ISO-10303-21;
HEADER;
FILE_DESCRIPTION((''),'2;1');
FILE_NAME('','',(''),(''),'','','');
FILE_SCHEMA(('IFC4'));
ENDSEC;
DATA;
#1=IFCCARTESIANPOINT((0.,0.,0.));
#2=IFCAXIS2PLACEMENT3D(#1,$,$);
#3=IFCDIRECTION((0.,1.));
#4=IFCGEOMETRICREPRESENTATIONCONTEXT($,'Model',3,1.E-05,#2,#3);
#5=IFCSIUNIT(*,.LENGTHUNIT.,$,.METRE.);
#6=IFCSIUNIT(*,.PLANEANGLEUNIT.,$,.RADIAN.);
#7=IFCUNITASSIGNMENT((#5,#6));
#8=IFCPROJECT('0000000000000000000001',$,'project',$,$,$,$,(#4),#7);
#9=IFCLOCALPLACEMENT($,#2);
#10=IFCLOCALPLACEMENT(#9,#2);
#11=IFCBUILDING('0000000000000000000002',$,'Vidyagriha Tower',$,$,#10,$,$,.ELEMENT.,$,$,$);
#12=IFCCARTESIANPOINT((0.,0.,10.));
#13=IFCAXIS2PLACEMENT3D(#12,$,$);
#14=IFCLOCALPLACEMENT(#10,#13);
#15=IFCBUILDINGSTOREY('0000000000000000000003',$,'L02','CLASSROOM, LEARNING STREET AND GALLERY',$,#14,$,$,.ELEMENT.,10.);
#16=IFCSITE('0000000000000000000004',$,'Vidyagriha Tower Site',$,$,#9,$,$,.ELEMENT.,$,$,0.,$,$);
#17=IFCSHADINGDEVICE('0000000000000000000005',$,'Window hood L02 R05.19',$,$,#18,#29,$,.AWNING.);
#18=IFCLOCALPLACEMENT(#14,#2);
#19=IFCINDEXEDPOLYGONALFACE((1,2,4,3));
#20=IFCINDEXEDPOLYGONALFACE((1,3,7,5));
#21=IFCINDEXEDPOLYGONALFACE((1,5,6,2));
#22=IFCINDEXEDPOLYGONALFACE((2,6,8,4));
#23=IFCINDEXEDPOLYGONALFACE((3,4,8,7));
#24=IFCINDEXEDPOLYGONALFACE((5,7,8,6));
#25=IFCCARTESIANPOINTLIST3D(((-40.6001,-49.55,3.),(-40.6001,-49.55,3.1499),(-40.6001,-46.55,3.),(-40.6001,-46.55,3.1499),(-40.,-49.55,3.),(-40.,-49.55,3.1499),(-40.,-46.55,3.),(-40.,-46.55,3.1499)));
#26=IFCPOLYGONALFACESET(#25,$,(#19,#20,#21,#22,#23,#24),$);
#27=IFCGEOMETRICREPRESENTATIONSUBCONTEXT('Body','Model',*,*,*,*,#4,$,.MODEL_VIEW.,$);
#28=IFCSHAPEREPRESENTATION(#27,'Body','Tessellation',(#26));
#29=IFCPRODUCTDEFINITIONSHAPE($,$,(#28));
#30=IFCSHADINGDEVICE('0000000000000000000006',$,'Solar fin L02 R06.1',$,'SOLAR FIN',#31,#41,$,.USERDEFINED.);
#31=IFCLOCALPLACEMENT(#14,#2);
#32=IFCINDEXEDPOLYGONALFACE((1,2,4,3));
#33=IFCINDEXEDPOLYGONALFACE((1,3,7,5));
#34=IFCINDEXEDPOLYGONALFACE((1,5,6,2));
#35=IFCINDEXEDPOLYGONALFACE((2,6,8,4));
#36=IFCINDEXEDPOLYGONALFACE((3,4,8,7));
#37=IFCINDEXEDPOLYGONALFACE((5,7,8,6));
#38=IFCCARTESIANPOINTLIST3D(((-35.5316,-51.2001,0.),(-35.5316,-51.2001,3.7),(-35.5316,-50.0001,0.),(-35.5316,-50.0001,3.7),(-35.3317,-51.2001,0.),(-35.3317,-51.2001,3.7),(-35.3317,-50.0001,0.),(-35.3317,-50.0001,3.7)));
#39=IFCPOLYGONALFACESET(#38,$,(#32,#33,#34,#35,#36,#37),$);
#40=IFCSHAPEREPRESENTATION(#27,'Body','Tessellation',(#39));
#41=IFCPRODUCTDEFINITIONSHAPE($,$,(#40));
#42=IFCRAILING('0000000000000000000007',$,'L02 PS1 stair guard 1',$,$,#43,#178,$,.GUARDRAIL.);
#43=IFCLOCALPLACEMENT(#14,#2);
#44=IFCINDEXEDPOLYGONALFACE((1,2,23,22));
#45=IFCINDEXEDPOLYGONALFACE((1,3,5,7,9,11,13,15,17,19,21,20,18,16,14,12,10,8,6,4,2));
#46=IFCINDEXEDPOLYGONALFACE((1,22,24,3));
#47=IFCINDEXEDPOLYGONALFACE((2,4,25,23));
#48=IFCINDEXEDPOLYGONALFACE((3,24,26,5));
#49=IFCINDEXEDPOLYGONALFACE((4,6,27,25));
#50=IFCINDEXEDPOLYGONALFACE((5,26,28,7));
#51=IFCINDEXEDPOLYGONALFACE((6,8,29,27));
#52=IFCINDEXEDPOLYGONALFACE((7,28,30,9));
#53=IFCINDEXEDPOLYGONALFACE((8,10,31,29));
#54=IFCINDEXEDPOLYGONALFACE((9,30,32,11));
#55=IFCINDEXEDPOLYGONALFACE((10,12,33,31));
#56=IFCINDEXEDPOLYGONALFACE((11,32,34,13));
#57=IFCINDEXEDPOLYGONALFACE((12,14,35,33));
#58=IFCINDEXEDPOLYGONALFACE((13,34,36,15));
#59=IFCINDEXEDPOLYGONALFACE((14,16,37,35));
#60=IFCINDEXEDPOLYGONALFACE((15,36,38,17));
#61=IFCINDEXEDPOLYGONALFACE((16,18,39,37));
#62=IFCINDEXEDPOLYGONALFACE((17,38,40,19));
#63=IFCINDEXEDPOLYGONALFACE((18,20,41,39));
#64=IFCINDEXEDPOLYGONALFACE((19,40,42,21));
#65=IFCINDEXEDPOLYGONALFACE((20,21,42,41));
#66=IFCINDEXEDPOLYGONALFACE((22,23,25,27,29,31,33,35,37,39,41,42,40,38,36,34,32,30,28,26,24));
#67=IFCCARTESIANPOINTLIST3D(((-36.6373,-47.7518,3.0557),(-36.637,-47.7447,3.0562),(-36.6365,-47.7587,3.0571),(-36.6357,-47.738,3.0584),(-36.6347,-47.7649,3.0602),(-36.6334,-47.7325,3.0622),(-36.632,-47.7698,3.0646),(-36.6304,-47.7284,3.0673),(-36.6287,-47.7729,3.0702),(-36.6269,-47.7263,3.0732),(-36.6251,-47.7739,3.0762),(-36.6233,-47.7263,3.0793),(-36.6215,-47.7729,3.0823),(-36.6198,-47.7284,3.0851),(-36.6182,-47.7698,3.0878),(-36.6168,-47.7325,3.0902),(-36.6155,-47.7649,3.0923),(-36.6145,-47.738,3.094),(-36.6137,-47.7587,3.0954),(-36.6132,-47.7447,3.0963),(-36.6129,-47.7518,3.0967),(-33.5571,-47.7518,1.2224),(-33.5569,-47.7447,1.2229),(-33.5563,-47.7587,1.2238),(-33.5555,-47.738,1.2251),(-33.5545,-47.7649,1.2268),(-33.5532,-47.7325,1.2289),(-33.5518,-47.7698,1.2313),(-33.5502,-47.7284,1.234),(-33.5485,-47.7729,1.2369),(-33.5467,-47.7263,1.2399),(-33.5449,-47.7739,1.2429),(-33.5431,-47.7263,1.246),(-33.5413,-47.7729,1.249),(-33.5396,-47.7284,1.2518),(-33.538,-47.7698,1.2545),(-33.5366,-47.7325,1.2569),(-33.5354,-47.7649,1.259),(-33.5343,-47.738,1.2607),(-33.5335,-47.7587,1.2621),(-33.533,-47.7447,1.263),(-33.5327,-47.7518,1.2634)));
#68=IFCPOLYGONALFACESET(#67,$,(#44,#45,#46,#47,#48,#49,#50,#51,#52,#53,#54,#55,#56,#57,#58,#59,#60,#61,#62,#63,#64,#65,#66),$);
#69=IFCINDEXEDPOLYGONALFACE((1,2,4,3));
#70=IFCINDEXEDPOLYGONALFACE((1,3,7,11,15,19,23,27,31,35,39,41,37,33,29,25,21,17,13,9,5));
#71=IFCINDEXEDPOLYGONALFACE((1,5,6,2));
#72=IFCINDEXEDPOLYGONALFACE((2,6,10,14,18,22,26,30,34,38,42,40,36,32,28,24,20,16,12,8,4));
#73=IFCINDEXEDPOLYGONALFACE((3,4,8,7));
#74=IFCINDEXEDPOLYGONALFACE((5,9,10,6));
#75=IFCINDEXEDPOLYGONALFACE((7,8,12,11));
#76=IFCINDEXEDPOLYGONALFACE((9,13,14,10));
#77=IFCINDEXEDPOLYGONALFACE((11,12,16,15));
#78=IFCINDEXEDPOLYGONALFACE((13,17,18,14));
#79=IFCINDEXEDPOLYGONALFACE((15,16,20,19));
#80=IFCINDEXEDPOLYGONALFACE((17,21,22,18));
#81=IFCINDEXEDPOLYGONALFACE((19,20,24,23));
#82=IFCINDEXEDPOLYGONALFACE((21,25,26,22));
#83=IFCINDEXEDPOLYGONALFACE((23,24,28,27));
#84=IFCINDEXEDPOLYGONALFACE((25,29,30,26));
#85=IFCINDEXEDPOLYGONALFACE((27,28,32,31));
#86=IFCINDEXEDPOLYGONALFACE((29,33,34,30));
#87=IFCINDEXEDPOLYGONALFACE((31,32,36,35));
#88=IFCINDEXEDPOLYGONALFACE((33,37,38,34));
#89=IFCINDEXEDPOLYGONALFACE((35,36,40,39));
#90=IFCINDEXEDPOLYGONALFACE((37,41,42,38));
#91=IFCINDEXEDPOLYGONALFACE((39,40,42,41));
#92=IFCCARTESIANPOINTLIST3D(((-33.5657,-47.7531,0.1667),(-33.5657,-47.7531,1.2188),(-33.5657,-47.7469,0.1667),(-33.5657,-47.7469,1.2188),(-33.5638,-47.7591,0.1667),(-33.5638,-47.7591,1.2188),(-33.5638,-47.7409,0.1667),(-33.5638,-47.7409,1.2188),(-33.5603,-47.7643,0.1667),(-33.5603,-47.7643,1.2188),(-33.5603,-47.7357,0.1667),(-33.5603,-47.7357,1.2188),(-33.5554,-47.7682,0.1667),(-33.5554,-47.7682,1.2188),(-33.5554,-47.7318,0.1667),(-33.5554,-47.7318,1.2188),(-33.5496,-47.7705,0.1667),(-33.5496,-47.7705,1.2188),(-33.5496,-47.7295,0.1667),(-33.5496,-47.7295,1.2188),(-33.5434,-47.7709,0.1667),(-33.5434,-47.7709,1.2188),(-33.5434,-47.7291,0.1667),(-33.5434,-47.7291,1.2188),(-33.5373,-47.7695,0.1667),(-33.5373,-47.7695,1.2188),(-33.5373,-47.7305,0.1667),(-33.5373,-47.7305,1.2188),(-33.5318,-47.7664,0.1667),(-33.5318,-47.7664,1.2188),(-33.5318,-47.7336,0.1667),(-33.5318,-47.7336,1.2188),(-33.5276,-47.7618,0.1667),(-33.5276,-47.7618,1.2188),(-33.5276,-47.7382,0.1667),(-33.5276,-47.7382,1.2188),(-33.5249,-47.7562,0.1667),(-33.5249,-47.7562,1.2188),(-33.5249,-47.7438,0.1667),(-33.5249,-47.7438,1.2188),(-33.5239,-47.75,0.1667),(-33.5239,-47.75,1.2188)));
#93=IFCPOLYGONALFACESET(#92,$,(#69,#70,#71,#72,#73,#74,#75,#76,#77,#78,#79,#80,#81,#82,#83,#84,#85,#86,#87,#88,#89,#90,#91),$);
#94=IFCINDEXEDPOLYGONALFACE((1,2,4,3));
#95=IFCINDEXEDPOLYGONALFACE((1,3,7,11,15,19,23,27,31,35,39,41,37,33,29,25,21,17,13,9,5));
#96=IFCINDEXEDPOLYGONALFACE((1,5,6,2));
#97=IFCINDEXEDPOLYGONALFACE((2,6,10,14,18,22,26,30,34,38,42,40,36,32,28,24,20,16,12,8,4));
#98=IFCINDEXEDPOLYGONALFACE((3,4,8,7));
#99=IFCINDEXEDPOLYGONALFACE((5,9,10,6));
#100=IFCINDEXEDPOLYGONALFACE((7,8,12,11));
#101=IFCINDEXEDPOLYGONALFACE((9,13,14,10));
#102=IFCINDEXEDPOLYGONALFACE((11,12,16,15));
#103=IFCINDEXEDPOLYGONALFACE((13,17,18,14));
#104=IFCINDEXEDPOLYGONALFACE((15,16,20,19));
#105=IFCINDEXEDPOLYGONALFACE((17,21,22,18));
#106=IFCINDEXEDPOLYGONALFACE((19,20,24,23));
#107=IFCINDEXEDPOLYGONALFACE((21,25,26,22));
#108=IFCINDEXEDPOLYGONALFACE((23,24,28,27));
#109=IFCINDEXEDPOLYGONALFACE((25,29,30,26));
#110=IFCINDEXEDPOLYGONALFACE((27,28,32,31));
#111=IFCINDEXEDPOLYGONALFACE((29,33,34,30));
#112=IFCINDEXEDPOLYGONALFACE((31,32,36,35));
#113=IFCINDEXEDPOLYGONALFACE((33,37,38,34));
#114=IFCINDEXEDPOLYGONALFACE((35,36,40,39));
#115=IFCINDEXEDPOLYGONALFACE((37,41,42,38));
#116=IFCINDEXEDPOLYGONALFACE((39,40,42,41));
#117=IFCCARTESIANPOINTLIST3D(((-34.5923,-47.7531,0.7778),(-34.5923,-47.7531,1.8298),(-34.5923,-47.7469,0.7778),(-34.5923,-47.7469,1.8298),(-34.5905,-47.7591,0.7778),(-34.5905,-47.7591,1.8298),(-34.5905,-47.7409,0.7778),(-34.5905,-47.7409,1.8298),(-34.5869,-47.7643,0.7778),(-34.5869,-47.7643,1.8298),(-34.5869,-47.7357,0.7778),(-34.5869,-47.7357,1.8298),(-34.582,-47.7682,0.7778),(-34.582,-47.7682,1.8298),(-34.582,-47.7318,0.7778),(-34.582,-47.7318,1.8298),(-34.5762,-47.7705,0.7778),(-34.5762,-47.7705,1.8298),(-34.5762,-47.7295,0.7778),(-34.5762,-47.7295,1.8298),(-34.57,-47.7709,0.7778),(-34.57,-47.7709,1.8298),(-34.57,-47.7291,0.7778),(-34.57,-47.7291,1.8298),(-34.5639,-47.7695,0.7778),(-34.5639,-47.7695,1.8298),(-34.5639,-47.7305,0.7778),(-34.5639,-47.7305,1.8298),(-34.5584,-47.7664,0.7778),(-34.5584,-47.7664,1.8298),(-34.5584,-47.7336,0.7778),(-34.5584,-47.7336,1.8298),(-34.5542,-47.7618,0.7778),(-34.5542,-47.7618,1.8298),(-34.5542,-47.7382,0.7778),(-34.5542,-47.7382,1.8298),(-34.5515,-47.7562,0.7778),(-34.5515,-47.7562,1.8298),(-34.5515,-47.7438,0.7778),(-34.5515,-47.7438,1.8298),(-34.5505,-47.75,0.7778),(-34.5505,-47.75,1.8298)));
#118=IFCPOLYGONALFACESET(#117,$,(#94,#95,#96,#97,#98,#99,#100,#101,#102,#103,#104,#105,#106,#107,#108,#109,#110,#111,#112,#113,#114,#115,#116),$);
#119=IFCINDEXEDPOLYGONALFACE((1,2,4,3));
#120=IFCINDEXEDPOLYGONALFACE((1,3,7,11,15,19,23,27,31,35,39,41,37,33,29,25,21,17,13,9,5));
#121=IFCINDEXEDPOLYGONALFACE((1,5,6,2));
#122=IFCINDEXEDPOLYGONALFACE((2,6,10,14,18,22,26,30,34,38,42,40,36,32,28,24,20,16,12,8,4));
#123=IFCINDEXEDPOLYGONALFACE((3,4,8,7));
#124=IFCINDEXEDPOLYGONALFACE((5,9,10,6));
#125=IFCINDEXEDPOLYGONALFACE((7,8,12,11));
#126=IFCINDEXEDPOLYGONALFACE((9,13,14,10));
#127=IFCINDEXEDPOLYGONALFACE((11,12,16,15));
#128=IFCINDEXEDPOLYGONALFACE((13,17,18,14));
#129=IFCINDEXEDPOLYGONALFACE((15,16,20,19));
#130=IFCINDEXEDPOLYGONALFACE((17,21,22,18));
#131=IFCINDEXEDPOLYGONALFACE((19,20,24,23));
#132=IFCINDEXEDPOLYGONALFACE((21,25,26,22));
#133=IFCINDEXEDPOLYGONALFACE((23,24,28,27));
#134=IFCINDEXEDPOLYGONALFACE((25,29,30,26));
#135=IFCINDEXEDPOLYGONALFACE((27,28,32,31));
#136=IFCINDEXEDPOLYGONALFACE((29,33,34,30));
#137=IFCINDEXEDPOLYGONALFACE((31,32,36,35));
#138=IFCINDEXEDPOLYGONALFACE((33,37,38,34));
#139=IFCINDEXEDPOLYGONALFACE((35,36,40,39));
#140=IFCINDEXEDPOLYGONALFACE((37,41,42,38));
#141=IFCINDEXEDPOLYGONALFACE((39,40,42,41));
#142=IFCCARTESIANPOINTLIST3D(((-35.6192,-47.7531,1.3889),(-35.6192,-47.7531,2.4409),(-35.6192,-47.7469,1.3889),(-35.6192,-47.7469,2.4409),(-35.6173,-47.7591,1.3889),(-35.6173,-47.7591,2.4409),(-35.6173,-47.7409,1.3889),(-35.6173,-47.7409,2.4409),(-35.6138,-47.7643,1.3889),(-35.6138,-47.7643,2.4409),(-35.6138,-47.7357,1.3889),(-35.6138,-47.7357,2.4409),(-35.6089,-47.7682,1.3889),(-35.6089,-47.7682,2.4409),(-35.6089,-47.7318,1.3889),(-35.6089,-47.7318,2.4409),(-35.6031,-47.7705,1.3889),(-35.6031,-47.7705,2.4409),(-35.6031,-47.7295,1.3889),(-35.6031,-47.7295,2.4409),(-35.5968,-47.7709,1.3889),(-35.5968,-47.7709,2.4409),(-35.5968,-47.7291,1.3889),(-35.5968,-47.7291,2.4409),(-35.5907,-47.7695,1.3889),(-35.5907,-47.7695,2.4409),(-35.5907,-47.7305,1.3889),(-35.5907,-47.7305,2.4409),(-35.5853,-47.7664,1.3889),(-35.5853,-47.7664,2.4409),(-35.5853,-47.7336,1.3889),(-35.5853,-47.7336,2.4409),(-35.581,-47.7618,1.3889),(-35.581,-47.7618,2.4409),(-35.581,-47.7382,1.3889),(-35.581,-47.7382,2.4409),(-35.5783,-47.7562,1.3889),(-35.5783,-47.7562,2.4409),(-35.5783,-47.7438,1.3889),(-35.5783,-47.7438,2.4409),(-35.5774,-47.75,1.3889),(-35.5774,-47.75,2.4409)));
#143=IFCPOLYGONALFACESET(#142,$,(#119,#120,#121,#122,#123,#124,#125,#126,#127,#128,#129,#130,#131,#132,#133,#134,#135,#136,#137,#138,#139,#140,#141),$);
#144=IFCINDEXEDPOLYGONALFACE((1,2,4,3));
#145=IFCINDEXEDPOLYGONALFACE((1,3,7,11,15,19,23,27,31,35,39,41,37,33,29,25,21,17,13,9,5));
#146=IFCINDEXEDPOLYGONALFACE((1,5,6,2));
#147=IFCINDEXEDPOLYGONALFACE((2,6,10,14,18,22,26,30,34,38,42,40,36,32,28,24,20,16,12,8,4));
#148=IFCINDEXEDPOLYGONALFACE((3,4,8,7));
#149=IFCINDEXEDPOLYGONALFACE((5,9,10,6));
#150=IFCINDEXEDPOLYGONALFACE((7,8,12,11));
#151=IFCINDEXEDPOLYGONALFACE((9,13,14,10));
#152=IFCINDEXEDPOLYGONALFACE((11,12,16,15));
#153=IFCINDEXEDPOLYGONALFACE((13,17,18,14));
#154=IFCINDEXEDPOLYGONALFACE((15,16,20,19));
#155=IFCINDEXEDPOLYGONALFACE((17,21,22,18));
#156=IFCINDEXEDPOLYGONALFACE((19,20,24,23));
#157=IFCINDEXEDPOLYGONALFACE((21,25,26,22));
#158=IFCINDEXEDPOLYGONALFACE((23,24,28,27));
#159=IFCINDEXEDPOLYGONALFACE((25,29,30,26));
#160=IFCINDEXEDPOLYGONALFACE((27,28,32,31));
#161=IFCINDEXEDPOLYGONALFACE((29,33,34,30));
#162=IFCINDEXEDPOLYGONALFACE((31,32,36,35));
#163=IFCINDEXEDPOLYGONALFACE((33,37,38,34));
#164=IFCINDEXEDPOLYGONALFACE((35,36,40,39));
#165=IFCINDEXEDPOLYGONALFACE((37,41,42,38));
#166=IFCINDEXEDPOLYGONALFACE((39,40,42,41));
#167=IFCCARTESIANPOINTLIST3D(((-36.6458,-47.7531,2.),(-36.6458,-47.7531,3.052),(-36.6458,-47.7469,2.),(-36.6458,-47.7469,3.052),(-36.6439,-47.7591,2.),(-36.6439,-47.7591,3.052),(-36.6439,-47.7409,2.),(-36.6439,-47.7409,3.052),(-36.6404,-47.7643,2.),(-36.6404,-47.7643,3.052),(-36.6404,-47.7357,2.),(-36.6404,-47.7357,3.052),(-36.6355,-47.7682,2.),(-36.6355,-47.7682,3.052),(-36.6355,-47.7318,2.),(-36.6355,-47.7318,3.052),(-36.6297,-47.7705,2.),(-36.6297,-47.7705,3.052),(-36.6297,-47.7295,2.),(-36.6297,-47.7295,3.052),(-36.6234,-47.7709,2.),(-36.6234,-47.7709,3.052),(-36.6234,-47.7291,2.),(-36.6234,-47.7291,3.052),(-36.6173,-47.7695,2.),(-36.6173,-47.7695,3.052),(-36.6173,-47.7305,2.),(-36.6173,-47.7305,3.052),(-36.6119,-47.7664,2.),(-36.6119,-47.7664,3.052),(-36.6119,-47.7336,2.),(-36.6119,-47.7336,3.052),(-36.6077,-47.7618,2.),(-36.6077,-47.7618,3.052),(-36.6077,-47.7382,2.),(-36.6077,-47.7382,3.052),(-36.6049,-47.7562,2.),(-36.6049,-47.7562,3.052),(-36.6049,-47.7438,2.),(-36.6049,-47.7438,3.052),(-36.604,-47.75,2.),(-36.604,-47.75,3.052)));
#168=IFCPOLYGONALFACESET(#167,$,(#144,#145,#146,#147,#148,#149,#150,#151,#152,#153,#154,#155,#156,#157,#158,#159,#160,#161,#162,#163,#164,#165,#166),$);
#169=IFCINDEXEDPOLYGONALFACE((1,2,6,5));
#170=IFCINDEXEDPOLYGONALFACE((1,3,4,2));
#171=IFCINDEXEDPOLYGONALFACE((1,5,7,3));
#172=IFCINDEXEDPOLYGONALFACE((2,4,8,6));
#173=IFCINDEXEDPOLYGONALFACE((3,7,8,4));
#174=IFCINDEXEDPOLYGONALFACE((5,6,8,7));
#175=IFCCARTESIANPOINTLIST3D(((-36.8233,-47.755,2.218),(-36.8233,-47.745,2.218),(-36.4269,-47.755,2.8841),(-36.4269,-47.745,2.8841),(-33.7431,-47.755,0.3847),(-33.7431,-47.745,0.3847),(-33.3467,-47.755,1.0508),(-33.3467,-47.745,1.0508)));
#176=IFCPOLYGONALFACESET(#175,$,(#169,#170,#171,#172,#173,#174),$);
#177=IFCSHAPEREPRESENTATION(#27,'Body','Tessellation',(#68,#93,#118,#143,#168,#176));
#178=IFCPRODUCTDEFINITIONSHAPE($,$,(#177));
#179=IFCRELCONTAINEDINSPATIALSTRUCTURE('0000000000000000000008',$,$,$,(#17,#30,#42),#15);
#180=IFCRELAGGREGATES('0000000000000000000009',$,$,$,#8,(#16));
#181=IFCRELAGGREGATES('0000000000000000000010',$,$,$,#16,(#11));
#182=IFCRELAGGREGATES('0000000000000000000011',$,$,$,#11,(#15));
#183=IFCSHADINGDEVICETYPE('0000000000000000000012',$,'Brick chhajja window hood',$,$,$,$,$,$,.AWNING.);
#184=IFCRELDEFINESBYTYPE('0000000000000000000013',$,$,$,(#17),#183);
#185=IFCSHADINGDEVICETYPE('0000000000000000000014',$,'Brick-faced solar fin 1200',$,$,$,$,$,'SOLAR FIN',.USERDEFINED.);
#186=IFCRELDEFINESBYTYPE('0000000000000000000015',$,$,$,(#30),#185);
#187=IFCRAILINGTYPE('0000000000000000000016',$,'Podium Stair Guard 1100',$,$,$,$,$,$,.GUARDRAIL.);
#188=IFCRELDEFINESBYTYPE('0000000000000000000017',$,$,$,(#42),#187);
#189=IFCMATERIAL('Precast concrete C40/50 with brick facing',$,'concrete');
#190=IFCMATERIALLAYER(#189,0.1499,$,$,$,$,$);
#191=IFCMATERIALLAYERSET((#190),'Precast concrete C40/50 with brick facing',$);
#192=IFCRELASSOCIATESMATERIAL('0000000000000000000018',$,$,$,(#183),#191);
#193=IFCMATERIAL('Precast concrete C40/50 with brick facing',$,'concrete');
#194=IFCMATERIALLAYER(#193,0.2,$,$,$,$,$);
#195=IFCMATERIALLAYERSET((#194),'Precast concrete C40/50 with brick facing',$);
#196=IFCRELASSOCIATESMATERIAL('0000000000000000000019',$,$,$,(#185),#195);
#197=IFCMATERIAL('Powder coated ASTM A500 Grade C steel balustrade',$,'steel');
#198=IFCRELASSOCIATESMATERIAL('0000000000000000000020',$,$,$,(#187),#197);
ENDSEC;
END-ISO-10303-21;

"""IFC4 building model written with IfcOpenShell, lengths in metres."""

from ifc_helpers import new_model, si_unit, direction, frame, frame_2d, origin, origin_2d, place, context, subcontext, project, spatial, rectangle, circle, extrude, material, layer, layer_set, type_object, element, save


model = new_model("IFC4")

# Units and contexts
model_context = context("Model", 3, precision=1e-05, world=origin(), true_north=direction((0.0, 1.0)))
body_context = subcontext(model_context, "Body", "Model", "MODEL_VIEW")
ifc_project = project(units=[si_unit("LENGTHUNIT", "METRE"), si_unit("PLANEANGLEUNIT", "RADIAN")], contexts=[model_context])

# Site, building, storey
site_placement = place(None, origin())
site = spatial("IfcSite", under=ifc_project, at=site_placement, Name="Vidyagriha Tower Site", CompositionType="ELEMENT", RefElevation=0.0)
building_placement = place(site_placement, origin())
building = spatial("IfcBuilding", under=site, at=building_placement, Name="Vidyagriha Tower", CompositionType="ELEMENT")
storey_placement = place(building_placement, frame((0.0, 0.0, 10.0)))
storey = spatial("IfcBuildingStorey", under=building, at=storey_placement, Name="L02", Description="CLASSROOM, LEARNING STREET AND GALLERY", CompositionType="ELEMENT", Elevation=10.0)

# Shading devices
ifc_material_1 = material(Name="Precast concrete C40/50 with brick facing", Category="concrete")
ifc_layer_1 = layer(ifc_material_1, 0.1499)
ifc_layer_set_1 = layer_set([ifc_layer_1], Name="Precast concrete C40/50 with brick facing")
shading_device_type_1 = type_object("IfcShadingDeviceType", Name="Brick chhajja window hood", PredefinedType="AWNING", material=ifc_layer_set_1)
shading_device_1_placement = place(storey_placement, frame((-40.3, -48.05, 3.0), z_axis=(0.0, 0.0, 1.0), x_axis=(0.0, -1.0, 0.0)))
element("IfcShadingDevice", 1, at=shading_device_1_placement, inside=storey, type_object=shading_device_type_1, Name="Window hood L02 R05.19", PredefinedType="AWNING", context=body_context, shape_type="SweptSolid", body=[
    extrude(rectangle(XDim=3.0, YDim=0.6001, at=origin_2d()), origin(), (0.0, 0.0, 1.0), 0.1499),
])
ifc_material_2 = material(Name="Precast concrete C40/50 with brick facing", Category="concrete")
ifc_layer_2 = layer(ifc_material_2, 0.2)
ifc_layer_set_2 = layer_set([ifc_layer_2], Name="Precast concrete C40/50 with brick facing")
shading_device_type_2 = type_object("IfcShadingDeviceType", Name="Brick-faced solar fin 1200", ElementType="SOLAR FIN", PredefinedType="USERDEFINED", material=ifc_layer_set_2)
shading_device_2_placement = place(storey_placement, frame((-35.4316, -50.0, 0.0), z_axis=(0.0, 0.0, 1.0), x_axis=(0.0, -1.0, 0.0)))
element("IfcShadingDevice", 2, at=shading_device_2_placement, inside=storey, type_object=shading_device_type_2, Name="Solar fin L02 R06.1", ObjectType="SOLAR FIN", PredefinedType="USERDEFINED", context=body_context, shape_type="SweptSolid", body=[
    extrude(rectangle(XDim=1.2, YDim=0.2, at=frame_2d((0.6001, 0.0))), origin(), (0.0, 0.0, 1.0), 3.7),
])

# Railing
ifc_material_3 = material(Name="Powder coated ASTM A500 Grade C steel balustrade", Category="steel")
railing_type_1 = type_object("IfcRailingType", Name="Podium Stair Guard 1100", PredefinedType="GUARDRAIL", material=ifc_material_3)
railing_1_placement = place(storey_placement, frame((-33.5449, -47.75, 0.1667)))
element("IfcRailing", 3, at=railing_1_placement, inside=storey, type_object=railing_type_1, Name="L02 PS1 stair guard 1", PredefinedType="GUARDRAIL", context=body_context, shape_type="SweptSolid", body=[
    extrude(circle(Radius=0.0239, at=origin_2d()), frame((0.0, 0.0, 1.0762), z_axis=(-0.859309, 0.0, 0.511458), x_axis=(0.0, -1.0, 0.0)), (0.0, 0.0, 1.0), 3.5845),
    extrude(circle(Radius=0.021, at=origin_2d()), origin(), (0.0, 0.0, 1.0), 1.052),
    extrude(circle(Radius=0.021, at=origin_2d()), frame((-1.0266, 0.0, 0.6111)), (0.0, 0.0, 1.0), 1.052),
    extrude(circle(Radius=0.021, at=origin_2d()), frame((-2.0535, 0.0, 1.2222)), (0.0, 0.0, 1.0), 1.052),
    extrude(circle(Radius=0.021, at=origin_2d()), frame((-3.0801, 0.0, 1.8333)), (0.0, 0.0, 1.0), 1.052),
    extrude(rectangle(XDim=0.01, YDim=0.7751, at=origin_2d()), frame((0.0, 0.0, 0.551), z_axis=(-0.859309, 0.0, 0.511458), x_axis=(0.0, -1.0, 0.0)), (0.0, 0.0, 1.0), 3.5845),
])

save(model, "model.ifc")
